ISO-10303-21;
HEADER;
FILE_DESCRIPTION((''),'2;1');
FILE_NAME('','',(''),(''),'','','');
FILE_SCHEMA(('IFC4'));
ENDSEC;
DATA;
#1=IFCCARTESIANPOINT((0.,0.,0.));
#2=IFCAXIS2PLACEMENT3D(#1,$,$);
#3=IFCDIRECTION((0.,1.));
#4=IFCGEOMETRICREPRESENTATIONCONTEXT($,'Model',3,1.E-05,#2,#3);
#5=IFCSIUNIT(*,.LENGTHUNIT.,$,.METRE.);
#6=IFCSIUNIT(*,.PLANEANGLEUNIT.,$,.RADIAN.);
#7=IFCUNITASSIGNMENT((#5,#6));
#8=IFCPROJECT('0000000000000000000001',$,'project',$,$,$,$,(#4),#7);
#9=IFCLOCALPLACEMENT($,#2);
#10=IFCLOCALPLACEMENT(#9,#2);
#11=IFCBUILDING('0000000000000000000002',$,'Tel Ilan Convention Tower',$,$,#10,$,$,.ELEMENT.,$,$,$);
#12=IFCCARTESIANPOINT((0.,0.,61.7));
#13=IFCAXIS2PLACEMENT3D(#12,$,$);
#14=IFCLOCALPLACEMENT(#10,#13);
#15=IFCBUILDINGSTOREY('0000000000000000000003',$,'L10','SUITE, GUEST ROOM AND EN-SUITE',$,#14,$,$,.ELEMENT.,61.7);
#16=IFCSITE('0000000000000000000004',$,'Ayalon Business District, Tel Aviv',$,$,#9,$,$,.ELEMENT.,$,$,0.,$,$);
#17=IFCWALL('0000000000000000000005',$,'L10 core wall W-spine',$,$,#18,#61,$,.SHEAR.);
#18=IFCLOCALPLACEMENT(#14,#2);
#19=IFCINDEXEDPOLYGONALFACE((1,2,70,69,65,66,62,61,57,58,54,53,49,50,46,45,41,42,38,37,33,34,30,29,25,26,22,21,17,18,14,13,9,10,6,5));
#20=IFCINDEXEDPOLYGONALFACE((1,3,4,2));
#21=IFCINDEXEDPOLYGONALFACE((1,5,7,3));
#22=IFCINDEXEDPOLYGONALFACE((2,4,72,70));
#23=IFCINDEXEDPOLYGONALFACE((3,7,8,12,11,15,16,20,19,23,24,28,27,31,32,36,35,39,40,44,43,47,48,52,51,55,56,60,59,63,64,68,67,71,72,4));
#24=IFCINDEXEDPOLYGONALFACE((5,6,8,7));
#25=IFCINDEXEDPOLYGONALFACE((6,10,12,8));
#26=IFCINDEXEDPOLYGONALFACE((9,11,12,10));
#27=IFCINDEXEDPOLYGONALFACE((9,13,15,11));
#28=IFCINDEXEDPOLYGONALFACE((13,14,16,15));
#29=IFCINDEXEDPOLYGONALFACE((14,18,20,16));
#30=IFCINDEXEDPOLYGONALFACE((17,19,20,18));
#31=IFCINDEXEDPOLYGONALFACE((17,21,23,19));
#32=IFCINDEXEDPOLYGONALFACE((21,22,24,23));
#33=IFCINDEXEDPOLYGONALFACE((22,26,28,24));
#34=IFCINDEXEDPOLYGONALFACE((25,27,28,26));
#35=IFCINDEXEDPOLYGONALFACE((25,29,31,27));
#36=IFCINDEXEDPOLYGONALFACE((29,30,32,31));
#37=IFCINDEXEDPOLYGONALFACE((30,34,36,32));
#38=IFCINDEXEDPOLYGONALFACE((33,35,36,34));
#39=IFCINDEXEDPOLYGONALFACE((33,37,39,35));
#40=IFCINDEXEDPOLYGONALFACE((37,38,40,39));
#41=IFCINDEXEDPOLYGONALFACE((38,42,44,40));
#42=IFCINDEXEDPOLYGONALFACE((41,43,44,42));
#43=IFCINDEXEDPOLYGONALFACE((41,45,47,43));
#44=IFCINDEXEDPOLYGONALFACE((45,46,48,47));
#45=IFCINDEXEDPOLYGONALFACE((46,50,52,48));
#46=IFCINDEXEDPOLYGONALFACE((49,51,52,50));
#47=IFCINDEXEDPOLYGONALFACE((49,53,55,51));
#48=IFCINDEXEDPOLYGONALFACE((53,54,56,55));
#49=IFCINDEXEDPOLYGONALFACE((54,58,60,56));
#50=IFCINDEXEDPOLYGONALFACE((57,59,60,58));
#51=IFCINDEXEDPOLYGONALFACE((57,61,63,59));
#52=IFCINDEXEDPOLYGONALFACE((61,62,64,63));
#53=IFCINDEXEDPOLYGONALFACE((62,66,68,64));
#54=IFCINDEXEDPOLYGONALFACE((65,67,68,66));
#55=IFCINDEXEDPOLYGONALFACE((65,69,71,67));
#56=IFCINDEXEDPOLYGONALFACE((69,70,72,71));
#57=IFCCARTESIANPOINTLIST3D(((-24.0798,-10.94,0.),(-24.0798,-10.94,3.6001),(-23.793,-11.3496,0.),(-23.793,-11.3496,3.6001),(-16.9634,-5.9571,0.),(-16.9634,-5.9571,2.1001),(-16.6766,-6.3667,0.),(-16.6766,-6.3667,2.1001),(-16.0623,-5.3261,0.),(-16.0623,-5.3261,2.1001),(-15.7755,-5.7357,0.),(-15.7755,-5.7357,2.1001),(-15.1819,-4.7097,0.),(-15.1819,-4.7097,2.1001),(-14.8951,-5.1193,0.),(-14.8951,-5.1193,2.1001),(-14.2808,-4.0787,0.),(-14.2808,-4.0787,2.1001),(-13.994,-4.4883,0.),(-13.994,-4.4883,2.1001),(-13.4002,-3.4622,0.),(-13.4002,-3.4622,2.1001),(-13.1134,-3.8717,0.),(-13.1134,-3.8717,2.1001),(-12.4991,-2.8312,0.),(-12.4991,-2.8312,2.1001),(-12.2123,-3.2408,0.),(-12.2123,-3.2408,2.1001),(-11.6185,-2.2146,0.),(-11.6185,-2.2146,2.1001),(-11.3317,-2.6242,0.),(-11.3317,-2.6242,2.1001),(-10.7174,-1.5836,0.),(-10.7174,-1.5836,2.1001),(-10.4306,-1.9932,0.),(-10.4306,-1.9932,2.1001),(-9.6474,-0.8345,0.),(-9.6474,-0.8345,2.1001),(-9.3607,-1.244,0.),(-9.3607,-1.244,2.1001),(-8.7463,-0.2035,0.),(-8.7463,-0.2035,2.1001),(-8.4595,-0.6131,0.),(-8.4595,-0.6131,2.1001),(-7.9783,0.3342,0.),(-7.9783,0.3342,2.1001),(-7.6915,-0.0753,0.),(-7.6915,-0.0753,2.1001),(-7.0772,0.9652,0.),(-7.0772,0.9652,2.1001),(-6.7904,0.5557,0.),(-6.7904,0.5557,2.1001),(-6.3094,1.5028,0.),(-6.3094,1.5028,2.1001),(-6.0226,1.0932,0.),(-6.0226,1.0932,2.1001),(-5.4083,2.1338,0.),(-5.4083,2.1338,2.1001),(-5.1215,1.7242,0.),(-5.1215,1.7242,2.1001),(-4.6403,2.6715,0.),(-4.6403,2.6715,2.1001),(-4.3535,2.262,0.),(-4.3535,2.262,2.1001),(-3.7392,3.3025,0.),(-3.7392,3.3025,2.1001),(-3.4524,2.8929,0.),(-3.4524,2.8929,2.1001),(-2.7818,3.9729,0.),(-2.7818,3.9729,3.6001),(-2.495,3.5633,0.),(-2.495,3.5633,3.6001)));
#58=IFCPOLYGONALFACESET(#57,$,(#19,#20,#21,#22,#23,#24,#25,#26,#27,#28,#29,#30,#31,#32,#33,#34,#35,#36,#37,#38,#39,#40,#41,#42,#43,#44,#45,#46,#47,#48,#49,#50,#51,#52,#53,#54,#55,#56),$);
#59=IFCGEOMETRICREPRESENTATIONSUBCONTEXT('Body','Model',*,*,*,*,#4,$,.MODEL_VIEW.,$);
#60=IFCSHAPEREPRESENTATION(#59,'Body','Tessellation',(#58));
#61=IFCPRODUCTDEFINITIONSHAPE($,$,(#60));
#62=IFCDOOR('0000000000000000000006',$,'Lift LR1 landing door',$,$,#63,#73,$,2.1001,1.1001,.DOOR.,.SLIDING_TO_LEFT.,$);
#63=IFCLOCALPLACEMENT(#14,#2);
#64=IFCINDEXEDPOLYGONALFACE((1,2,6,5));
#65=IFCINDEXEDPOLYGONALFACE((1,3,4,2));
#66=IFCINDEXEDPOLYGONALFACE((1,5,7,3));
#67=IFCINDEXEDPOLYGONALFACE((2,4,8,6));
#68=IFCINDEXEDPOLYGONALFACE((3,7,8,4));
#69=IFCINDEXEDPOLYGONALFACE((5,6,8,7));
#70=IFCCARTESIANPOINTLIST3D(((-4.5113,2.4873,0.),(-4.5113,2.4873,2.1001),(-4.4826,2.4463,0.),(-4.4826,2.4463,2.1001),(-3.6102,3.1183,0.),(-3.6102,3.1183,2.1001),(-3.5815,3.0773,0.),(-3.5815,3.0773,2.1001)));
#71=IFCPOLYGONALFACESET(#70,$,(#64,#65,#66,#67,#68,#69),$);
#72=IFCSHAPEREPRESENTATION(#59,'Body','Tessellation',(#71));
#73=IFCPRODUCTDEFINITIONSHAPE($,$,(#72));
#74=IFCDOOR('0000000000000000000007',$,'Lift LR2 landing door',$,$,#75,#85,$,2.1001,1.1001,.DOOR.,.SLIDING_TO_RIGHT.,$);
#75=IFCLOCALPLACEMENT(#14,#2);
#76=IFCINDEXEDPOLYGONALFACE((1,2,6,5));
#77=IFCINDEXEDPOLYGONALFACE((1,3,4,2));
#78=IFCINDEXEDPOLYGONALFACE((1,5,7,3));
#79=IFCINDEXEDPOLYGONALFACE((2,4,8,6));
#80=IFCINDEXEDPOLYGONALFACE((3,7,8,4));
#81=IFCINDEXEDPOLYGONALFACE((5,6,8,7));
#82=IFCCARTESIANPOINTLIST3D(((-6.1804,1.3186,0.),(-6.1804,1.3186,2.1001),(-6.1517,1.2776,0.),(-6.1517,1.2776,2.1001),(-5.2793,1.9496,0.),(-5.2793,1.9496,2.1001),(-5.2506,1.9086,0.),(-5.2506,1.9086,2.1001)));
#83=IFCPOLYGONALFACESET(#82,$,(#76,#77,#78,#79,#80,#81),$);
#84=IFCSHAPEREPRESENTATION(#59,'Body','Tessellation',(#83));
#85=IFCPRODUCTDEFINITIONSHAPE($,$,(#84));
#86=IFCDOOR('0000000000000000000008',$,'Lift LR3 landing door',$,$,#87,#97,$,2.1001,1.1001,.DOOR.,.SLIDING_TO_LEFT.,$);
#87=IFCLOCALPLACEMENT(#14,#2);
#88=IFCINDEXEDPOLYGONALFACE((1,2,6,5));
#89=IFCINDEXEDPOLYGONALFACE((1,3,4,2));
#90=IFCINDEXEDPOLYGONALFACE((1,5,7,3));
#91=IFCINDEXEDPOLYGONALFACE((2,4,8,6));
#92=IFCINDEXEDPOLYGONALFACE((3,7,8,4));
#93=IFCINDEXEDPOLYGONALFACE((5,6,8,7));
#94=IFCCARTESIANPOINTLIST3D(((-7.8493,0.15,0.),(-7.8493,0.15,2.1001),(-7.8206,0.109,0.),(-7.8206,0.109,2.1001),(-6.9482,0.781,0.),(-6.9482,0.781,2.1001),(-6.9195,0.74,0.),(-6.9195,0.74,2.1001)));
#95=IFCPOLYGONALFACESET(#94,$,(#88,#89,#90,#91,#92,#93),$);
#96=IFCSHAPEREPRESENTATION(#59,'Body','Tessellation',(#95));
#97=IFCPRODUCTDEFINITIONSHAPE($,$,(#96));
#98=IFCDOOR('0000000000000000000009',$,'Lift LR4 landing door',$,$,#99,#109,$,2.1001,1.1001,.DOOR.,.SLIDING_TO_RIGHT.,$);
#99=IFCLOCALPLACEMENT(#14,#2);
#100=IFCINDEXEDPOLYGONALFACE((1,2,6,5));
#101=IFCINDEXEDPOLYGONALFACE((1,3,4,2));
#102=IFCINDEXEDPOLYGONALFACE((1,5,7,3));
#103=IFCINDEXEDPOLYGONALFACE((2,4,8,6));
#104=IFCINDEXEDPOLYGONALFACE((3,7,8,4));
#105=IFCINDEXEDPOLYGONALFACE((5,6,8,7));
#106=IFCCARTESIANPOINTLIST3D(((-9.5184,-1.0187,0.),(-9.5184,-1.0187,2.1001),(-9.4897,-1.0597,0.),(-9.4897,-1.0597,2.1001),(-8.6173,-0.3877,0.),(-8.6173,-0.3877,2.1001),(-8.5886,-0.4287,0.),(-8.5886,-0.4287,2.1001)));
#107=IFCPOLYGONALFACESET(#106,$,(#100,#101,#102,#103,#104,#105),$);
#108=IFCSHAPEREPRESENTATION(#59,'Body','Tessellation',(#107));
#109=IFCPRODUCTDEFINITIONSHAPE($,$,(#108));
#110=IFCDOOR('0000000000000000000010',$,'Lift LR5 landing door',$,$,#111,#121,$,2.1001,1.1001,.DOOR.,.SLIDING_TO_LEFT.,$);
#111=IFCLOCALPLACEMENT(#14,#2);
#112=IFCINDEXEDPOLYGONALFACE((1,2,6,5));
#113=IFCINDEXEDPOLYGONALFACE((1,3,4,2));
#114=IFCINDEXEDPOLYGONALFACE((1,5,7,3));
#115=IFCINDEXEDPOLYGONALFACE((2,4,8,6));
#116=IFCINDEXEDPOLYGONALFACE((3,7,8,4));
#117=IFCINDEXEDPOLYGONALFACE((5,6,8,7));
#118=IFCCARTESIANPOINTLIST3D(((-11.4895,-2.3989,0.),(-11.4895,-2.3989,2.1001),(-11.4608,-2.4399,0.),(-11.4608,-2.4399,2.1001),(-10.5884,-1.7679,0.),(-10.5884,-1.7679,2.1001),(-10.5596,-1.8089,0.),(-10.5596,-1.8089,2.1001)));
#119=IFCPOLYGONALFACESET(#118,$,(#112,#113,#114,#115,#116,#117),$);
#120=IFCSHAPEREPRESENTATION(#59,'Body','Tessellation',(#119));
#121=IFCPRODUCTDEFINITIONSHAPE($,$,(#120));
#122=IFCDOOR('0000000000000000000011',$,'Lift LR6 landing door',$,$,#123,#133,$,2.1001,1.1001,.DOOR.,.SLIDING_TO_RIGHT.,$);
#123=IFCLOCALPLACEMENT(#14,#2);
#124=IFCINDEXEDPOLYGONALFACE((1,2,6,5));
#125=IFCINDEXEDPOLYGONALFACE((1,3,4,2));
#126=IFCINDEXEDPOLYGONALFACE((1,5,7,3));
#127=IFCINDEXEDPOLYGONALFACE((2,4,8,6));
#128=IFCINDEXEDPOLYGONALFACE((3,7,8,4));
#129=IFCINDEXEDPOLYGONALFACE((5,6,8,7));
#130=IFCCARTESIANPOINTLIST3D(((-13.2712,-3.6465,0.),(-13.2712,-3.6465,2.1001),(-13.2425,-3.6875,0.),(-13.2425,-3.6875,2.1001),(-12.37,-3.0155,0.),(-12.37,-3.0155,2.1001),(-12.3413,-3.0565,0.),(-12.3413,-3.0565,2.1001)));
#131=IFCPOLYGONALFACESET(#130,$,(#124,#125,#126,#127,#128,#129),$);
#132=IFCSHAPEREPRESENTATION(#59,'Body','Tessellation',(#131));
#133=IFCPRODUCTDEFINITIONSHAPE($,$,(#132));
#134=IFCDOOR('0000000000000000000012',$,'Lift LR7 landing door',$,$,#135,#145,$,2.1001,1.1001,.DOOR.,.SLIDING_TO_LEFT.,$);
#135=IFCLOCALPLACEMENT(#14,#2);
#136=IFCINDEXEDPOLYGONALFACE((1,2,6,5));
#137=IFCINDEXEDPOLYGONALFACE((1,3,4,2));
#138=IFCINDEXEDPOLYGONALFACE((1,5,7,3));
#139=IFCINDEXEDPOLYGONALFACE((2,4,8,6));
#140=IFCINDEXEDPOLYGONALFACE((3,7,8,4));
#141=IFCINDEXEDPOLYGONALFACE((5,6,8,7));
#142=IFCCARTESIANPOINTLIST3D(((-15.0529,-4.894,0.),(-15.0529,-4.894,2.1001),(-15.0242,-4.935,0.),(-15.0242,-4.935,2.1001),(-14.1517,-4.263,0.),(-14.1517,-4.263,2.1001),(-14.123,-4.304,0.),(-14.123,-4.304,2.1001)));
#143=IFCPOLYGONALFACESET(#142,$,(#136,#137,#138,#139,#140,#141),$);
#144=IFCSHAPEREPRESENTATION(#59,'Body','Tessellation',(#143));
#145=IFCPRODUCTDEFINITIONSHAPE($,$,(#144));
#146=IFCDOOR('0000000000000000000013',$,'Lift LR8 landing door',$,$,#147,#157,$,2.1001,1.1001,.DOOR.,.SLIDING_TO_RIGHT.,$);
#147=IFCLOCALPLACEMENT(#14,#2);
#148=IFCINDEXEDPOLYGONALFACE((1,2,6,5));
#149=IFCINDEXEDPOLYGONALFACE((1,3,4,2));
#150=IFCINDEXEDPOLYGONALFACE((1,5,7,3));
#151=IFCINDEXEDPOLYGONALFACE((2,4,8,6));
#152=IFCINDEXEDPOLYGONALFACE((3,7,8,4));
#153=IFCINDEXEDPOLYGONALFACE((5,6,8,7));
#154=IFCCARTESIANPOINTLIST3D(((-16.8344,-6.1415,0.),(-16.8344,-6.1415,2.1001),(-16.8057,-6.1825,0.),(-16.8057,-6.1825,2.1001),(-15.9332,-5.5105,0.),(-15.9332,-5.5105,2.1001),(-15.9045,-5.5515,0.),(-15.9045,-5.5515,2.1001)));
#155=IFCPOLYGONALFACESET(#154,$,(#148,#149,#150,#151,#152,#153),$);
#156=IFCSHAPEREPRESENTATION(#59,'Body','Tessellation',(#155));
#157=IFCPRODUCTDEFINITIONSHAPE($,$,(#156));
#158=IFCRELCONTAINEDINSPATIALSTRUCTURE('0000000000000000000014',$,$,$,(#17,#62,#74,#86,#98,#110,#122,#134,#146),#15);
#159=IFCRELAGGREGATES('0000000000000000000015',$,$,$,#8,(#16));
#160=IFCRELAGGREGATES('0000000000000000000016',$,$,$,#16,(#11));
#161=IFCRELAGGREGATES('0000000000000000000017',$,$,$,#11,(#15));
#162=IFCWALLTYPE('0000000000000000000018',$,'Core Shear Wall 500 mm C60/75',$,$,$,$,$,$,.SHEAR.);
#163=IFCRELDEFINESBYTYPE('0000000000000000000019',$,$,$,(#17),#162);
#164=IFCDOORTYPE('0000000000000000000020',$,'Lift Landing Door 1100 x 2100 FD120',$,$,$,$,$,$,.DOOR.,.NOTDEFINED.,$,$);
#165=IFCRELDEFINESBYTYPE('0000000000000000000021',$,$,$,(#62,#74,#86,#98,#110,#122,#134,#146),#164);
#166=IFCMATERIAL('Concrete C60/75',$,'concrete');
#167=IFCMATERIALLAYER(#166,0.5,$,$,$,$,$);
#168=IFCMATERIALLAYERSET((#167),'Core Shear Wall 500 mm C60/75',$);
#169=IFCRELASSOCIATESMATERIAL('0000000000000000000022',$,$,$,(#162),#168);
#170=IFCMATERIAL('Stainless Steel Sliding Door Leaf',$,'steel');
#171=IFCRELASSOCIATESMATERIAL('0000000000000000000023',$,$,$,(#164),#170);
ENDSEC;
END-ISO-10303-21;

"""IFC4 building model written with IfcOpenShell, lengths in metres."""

from ifc_helpers import new_model, si_unit, direction, frame, frame_2d, origin, place, context, subcontext, project, spatial, polyline, rectangle, outline, extrude, material, layer, layer_set, type_object, element, fill, save


model = new_model("IFC4")

# Units and contexts
model_context = context("Model", 3, precision=1e-05, world=origin(), true_north=direction((0.0, 1.0)))
body_context = subcontext(model_context, "Body", "Model", "MODEL_VIEW")
ifc_project = project(units=[si_unit("LENGTHUNIT", "METRE"), si_unit("PLANEANGLEUNIT", "RADIAN")], contexts=[model_context])

# Site, building, storey
site_placement = place(None, origin())
site = spatial("IfcSite", under=ifc_project, at=site_placement, Name="Ayalon Business District, Tel Aviv", CompositionType="ELEMENT", RefElevation=0.0)
building_placement = place(site_placement, origin())
building = spatial("IfcBuilding", under=site, at=building_placement, Name="Tel Ilan Convention Tower", CompositionType="ELEMENT")
storey_placement = place(building_placement, frame((0.0, 0.0, 61.7)))
storey = spatial("IfcBuildingStorey", under=building, at=storey_placement, Name="L10", Description="SUITE, GUEST ROOM AND EN-SUITE", CompositionType="ELEMENT", Elevation=61.7)

# Wall, openings, doors
ifc_material_1 = material(Name="Concrete C60/75", Category="concrete")
ifc_layer_1 = layer(ifc_material_1, 0.5)
ifc_layer_set_1 = layer_set([ifc_layer_1], Name="Core Shear Wall 500 mm C60/75")
wall_type_1 = type_object("IfcWallType", Name="Core Shear Wall 500 mm C60/75", PredefinedType="SHEAR", material=ifc_layer_set_1)
wall_1_placement = place(storey_placement, frame((-2.6384, 3.7681, 0.0), z_axis=(0.0, 0.0, 1.0), x_axis=(-0.819149, -0.573581, 0.0)))
wall_1 = element("IfcWall", 1, at=wall_1_placement, inside=storey, type_object=wall_type_1, Name="L10 core wall W-spine", PredefinedType="SHEAR", context=body_context, shape_type="SweptSolid", body=[
    extrude(outline(polyline([(26.0, 0.2498), (0.0, 0.25), (0.0, -0.25), (26.0, -0.2502), (26.0, 0.2498)])), origin(), (0.0, 0.0, 1.0), 3.6001),
])
opening_1_placement = place(wall_1_placement, frame((1.1687, 0.0, 0.0)))
opening_1 = element("IfcOpeningElement", 2, at=opening_1_placement, cuts=wall_1, PredefinedType="OPENING", context=body_context, shape_type="SweptSolid", body=[
    extrude(rectangle(XDim=1.1001, YDim=2.1001, at=frame_2d((0.55, 1.05))), frame((0.0, 0.26, 0.0), z_axis=(0.0, -1.0, 0.0), x_axis=(1.0, 0.0, 0.0)), (0.0, 0.0, 1.0), 0.52),
])
opening_2_placement = place(wall_1_placement, frame((3.2063, 0.0, 0.0)))
opening_2 = element("IfcOpeningElement", 3, at=opening_2_placement, cuts=wall_1, PredefinedType="OPENING", context=body_context, shape_type="SweptSolid", body=[
    extrude(rectangle(XDim=1.1001, YDim=2.1001, at=frame_2d((0.55, 1.05))), frame((0.0, 0.26, 0.0), z_axis=(0.0, -1.0, 0.0), x_axis=(1.0, 0.0, 0.0)), (0.0, 0.0, 1.0), 0.52),
])
opening_3_placement = place(wall_1_placement, frame((5.2437, 0.0, 0.0)))
opening_3 = element("IfcOpeningElement", 4, at=opening_3_placement, cuts=wall_1, PredefinedType="OPENING", context=body_context, shape_type="SweptSolid", body=[
    extrude(rectangle(XDim=1.1001, YDim=2.1001, at=frame_2d((0.55, 1.05))), frame((0.0, 0.26, 0.0), z_axis=(0.0, -1.0, 0.0), x_axis=(1.0, 0.0, 0.0)), (0.0, 0.0, 1.0), 0.52),
])
opening_4_placement = place(wall_1_placement, frame((7.2812, 0.0, 0.0)))
opening_4 = element("IfcOpeningElement", 5, at=opening_4_placement, cuts=wall_1, PredefinedType="OPENING", context=body_context, shape_type="SweptSolid", body=[
    extrude(rectangle(XDim=1.1001, YDim=2.1001, at=frame_2d((0.55, 1.05))), frame((0.0, 0.26, 0.0), z_axis=(0.0, -1.0, 0.0), x_axis=(1.0, 0.0, 0.0)), (0.0, 0.0, 1.0), 0.52),
])
opening_5_placement = place(wall_1_placement, frame((9.6875, 0.0, 0.0)))
opening_5 = element("IfcOpeningElement", 6, at=opening_5_placement, cuts=wall_1, PredefinedType="OPENING", context=body_context, shape_type="SweptSolid", body=[
    extrude(rectangle(XDim=1.1001, YDim=2.1001, at=frame_2d((0.55, 1.05))), frame((0.0, 0.26, 0.0), z_axis=(0.0, -1.0, 0.0), x_axis=(1.0, 0.0, 0.0)), (0.0, 0.0, 1.0), 0.52),
])
opening_6_placement = place(wall_1_placement, frame((11.8625, 0.0, 0.0)))
opening_6 = element("IfcOpeningElement", 7, at=opening_6_placement, cuts=wall_1, PredefinedType="OPENING", context=body_context, shape_type="SweptSolid", body=[
    extrude(rectangle(XDim=1.1001, YDim=2.1001, at=frame_2d((0.55, 1.05))), frame((0.0, 0.26, 0.0), z_axis=(0.0, -1.0, 0.0), x_axis=(1.0, 0.0, 0.0)), (0.0, 0.0, 1.0), 0.52),
])
opening_7_placement = place(wall_1_placement, frame((14.0376, 0.0, 0.0)))
opening_7 = element("IfcOpeningElement", 8, at=opening_7_placement, cuts=wall_1, PredefinedType="OPENING", context=body_context, shape_type="SweptSolid", body=[
    extrude(rectangle(XDim=1.1001, YDim=2.1001, at=frame_2d((0.55, 1.05))), frame((0.0, 0.26, 0.0), z_axis=(0.0, -1.0, 0.0), x_axis=(1.0, 0.0, 0.0)), (0.0, 0.0, 1.0), 0.52),
])
opening_8_placement = place(wall_1_placement, frame((16.2124, 0.0, 0.0)))
opening_8 = element("IfcOpeningElement", 9, at=opening_8_placement, cuts=wall_1, PredefinedType="OPENING", context=body_context, shape_type="SweptSolid", body=[
    extrude(rectangle(XDim=1.1001, YDim=2.1001, at=frame_2d((0.55, 1.05))), frame((0.0, 0.26, 0.0), z_axis=(0.0, -1.0, 0.0), x_axis=(1.0, 0.0, 0.0)), (0.0, 0.0, 1.0), 0.52),
])
ifc_material_2 = material(Name="Stainless Steel Sliding Door Leaf", Category="steel")
door_type = type_object("IfcDoorType", Name="Lift Landing Door 1100 x 2100 FD120", OperationType="NOTDEFINED", PredefinedType="DOOR", material=ifc_material_2)
door_1_placement = place(opening_1_placement, origin())
door_1 = element("IfcDoor", 10, at=door_1_placement, inside=storey, type_object=door_type, Name="Lift LR1 landing door", OperationType="SLIDING_TO_LEFT", OverallHeight=2.1001, OverallWidth=1.1001, PredefinedType="DOOR", context=body_context, shape_type="SweptSolid", body=[
    extrude(rectangle(XDim=1.1001, YDim=2.1001, at=frame_2d((0.55, 1.05))), frame((0.0, 0.0249, 0.0), z_axis=(0.0, -1.0, 0.0), x_axis=(1.0, 0.0, 0.0)), (0.0, 0.0, 1.0), 0.05),
])
fill(opening_1, door_1)
door_2_placement = place(opening_2_placement, origin())
door_2 = element("IfcDoor", 11, at=door_2_placement, inside=storey, type_object=door_type, Name="Lift LR2 landing door", OperationType="SLIDING_TO_RIGHT", OverallHeight=2.1001, OverallWidth=1.1001, PredefinedType="DOOR", context=body_context, shape_type="SweptSolid", body=[
    extrude(rectangle(XDim=1.1001, YDim=2.1001, at=frame_2d((0.55, 1.05))), frame((0.0, 0.0249, 0.0), z_axis=(0.0, -1.0, 0.0), x_axis=(1.0, 0.0, 0.0)), (0.0, 0.0, 1.0), 0.05),
])
fill(opening_2, door_2)
door_3_placement = place(opening_3_placement, origin())
door_3 = element("IfcDoor", 12, at=door_3_placement, inside=storey, type_object=door_type, Name="Lift LR3 landing door", OperationType="SLIDING_TO_LEFT", OverallHeight=2.1001, OverallWidth=1.1001, PredefinedType="DOOR", context=body_context, shape_type="SweptSolid", body=[
    extrude(rectangle(XDim=1.1001, YDim=2.1001, at=frame_2d((0.55, 1.05))), frame((0.0, 0.0249, 0.0), z_axis=(0.0, -1.0, 0.0), x_axis=(1.0, 0.0, 0.0)), (0.0, 0.0, 1.0), 0.05),
])
fill(opening_3, door_3)
door_4_placement = place(opening_4_placement, origin())
door_4 = element("IfcDoor", 13, at=door_4_placement, inside=storey, type_object=door_type, Name="Lift LR4 landing door", OperationType="SLIDING_TO_RIGHT", OverallHeight=2.1001, OverallWidth=1.1001, PredefinedType="DOOR", context=body_context, shape_type="SweptSolid", body=[
    extrude(rectangle(XDim=1.1001, YDim=2.1001, at=frame_2d((0.55, 1.05))), frame((0.0, 0.0249, 0.0), z_axis=(0.0, -1.0, 0.0), x_axis=(1.0, 0.0, 0.0)), (0.0, 0.0, 1.0), 0.05),
])
fill(opening_4, door_4)
door_5_placement = place(opening_5_placement, origin())
door_5 = element("IfcDoor", 14, at=door_5_placement, inside=storey, type_object=door_type, Name="Lift LR5 landing door", OperationType="SLIDING_TO_LEFT", OverallHeight=2.1001, OverallWidth=1.1001, PredefinedType="DOOR", context=body_context, shape_type="SweptSolid", body=[
    extrude(rectangle(XDim=1.1001, YDim=2.1001, at=frame_2d((0.55, 1.05))), frame((0.0, 0.0249, 0.0), z_axis=(0.0, -1.0, 0.0), x_axis=(1.0, 0.0, 0.0)), (0.0, 0.0, 1.0), 0.05),
])
fill(opening_5, door_5)
door_6_placement = place(opening_6_placement, origin())
door_6 = element("IfcDoor", 15, at=door_6_placement, inside=storey, type_object=door_type, Name="Lift LR6 landing door", OperationType="SLIDING_TO_RIGHT", OverallHeight=2.1001, OverallWidth=1.1001, PredefinedType="DOOR", context=body_context, shape_type="SweptSolid", body=[
    extrude(rectangle(XDim=1.1001, YDim=2.1001, at=frame_2d((0.55, 1.05))), frame((0.0, 0.0249, 0.0), z_axis=(0.0, -1.0, 0.0), x_axis=(1.0, 0.0, 0.0)), (0.0, 0.0, 1.0), 0.05),
])
fill(opening_6, door_6)
door_7_placement = place(opening_7_placement, origin())
door_7 = element("IfcDoor", 16, at=door_7_placement, inside=storey, type_object=door_type, Name="Lift LR7 landing door", OperationType="SLIDING_TO_LEFT", OverallHeight=2.1001, OverallWidth=1.1001, PredefinedType="DOOR", context=body_context, shape_type="SweptSolid", body=[
    extrude(rectangle(XDim=1.1001, YDim=2.1001, at=frame_2d((0.55, 1.05))), frame((0.0, 0.0249, 0.0), z_axis=(0.0, -1.0, 0.0), x_axis=(1.0, 0.0, 0.0)), (0.0, 0.0, 1.0), 0.05),
])
fill(opening_7, door_7)
door_8_placement = place(opening_8_placement, origin())
door_8 = element("IfcDoor", 17, at=door_8_placement, inside=storey, type_object=door_type, Name="Lift LR8 landing door", OperationType="SLIDING_TO_RIGHT", OverallHeight=2.1001, OverallWidth=1.1001, PredefinedType="DOOR", context=body_context, shape_type="SweptSolid", body=[
    extrude(rectangle(XDim=1.1001, YDim=2.1001, at=frame_2d((0.55, 1.05))), frame((0.0, 0.0249, 0.0), z_axis=(0.0, -1.0, 0.0), x_axis=(1.0, 0.0, 0.0)), (0.0, 0.0, 1.0), 0.05),
])
fill(opening_8, door_8)

save(model, "model.ifc")
